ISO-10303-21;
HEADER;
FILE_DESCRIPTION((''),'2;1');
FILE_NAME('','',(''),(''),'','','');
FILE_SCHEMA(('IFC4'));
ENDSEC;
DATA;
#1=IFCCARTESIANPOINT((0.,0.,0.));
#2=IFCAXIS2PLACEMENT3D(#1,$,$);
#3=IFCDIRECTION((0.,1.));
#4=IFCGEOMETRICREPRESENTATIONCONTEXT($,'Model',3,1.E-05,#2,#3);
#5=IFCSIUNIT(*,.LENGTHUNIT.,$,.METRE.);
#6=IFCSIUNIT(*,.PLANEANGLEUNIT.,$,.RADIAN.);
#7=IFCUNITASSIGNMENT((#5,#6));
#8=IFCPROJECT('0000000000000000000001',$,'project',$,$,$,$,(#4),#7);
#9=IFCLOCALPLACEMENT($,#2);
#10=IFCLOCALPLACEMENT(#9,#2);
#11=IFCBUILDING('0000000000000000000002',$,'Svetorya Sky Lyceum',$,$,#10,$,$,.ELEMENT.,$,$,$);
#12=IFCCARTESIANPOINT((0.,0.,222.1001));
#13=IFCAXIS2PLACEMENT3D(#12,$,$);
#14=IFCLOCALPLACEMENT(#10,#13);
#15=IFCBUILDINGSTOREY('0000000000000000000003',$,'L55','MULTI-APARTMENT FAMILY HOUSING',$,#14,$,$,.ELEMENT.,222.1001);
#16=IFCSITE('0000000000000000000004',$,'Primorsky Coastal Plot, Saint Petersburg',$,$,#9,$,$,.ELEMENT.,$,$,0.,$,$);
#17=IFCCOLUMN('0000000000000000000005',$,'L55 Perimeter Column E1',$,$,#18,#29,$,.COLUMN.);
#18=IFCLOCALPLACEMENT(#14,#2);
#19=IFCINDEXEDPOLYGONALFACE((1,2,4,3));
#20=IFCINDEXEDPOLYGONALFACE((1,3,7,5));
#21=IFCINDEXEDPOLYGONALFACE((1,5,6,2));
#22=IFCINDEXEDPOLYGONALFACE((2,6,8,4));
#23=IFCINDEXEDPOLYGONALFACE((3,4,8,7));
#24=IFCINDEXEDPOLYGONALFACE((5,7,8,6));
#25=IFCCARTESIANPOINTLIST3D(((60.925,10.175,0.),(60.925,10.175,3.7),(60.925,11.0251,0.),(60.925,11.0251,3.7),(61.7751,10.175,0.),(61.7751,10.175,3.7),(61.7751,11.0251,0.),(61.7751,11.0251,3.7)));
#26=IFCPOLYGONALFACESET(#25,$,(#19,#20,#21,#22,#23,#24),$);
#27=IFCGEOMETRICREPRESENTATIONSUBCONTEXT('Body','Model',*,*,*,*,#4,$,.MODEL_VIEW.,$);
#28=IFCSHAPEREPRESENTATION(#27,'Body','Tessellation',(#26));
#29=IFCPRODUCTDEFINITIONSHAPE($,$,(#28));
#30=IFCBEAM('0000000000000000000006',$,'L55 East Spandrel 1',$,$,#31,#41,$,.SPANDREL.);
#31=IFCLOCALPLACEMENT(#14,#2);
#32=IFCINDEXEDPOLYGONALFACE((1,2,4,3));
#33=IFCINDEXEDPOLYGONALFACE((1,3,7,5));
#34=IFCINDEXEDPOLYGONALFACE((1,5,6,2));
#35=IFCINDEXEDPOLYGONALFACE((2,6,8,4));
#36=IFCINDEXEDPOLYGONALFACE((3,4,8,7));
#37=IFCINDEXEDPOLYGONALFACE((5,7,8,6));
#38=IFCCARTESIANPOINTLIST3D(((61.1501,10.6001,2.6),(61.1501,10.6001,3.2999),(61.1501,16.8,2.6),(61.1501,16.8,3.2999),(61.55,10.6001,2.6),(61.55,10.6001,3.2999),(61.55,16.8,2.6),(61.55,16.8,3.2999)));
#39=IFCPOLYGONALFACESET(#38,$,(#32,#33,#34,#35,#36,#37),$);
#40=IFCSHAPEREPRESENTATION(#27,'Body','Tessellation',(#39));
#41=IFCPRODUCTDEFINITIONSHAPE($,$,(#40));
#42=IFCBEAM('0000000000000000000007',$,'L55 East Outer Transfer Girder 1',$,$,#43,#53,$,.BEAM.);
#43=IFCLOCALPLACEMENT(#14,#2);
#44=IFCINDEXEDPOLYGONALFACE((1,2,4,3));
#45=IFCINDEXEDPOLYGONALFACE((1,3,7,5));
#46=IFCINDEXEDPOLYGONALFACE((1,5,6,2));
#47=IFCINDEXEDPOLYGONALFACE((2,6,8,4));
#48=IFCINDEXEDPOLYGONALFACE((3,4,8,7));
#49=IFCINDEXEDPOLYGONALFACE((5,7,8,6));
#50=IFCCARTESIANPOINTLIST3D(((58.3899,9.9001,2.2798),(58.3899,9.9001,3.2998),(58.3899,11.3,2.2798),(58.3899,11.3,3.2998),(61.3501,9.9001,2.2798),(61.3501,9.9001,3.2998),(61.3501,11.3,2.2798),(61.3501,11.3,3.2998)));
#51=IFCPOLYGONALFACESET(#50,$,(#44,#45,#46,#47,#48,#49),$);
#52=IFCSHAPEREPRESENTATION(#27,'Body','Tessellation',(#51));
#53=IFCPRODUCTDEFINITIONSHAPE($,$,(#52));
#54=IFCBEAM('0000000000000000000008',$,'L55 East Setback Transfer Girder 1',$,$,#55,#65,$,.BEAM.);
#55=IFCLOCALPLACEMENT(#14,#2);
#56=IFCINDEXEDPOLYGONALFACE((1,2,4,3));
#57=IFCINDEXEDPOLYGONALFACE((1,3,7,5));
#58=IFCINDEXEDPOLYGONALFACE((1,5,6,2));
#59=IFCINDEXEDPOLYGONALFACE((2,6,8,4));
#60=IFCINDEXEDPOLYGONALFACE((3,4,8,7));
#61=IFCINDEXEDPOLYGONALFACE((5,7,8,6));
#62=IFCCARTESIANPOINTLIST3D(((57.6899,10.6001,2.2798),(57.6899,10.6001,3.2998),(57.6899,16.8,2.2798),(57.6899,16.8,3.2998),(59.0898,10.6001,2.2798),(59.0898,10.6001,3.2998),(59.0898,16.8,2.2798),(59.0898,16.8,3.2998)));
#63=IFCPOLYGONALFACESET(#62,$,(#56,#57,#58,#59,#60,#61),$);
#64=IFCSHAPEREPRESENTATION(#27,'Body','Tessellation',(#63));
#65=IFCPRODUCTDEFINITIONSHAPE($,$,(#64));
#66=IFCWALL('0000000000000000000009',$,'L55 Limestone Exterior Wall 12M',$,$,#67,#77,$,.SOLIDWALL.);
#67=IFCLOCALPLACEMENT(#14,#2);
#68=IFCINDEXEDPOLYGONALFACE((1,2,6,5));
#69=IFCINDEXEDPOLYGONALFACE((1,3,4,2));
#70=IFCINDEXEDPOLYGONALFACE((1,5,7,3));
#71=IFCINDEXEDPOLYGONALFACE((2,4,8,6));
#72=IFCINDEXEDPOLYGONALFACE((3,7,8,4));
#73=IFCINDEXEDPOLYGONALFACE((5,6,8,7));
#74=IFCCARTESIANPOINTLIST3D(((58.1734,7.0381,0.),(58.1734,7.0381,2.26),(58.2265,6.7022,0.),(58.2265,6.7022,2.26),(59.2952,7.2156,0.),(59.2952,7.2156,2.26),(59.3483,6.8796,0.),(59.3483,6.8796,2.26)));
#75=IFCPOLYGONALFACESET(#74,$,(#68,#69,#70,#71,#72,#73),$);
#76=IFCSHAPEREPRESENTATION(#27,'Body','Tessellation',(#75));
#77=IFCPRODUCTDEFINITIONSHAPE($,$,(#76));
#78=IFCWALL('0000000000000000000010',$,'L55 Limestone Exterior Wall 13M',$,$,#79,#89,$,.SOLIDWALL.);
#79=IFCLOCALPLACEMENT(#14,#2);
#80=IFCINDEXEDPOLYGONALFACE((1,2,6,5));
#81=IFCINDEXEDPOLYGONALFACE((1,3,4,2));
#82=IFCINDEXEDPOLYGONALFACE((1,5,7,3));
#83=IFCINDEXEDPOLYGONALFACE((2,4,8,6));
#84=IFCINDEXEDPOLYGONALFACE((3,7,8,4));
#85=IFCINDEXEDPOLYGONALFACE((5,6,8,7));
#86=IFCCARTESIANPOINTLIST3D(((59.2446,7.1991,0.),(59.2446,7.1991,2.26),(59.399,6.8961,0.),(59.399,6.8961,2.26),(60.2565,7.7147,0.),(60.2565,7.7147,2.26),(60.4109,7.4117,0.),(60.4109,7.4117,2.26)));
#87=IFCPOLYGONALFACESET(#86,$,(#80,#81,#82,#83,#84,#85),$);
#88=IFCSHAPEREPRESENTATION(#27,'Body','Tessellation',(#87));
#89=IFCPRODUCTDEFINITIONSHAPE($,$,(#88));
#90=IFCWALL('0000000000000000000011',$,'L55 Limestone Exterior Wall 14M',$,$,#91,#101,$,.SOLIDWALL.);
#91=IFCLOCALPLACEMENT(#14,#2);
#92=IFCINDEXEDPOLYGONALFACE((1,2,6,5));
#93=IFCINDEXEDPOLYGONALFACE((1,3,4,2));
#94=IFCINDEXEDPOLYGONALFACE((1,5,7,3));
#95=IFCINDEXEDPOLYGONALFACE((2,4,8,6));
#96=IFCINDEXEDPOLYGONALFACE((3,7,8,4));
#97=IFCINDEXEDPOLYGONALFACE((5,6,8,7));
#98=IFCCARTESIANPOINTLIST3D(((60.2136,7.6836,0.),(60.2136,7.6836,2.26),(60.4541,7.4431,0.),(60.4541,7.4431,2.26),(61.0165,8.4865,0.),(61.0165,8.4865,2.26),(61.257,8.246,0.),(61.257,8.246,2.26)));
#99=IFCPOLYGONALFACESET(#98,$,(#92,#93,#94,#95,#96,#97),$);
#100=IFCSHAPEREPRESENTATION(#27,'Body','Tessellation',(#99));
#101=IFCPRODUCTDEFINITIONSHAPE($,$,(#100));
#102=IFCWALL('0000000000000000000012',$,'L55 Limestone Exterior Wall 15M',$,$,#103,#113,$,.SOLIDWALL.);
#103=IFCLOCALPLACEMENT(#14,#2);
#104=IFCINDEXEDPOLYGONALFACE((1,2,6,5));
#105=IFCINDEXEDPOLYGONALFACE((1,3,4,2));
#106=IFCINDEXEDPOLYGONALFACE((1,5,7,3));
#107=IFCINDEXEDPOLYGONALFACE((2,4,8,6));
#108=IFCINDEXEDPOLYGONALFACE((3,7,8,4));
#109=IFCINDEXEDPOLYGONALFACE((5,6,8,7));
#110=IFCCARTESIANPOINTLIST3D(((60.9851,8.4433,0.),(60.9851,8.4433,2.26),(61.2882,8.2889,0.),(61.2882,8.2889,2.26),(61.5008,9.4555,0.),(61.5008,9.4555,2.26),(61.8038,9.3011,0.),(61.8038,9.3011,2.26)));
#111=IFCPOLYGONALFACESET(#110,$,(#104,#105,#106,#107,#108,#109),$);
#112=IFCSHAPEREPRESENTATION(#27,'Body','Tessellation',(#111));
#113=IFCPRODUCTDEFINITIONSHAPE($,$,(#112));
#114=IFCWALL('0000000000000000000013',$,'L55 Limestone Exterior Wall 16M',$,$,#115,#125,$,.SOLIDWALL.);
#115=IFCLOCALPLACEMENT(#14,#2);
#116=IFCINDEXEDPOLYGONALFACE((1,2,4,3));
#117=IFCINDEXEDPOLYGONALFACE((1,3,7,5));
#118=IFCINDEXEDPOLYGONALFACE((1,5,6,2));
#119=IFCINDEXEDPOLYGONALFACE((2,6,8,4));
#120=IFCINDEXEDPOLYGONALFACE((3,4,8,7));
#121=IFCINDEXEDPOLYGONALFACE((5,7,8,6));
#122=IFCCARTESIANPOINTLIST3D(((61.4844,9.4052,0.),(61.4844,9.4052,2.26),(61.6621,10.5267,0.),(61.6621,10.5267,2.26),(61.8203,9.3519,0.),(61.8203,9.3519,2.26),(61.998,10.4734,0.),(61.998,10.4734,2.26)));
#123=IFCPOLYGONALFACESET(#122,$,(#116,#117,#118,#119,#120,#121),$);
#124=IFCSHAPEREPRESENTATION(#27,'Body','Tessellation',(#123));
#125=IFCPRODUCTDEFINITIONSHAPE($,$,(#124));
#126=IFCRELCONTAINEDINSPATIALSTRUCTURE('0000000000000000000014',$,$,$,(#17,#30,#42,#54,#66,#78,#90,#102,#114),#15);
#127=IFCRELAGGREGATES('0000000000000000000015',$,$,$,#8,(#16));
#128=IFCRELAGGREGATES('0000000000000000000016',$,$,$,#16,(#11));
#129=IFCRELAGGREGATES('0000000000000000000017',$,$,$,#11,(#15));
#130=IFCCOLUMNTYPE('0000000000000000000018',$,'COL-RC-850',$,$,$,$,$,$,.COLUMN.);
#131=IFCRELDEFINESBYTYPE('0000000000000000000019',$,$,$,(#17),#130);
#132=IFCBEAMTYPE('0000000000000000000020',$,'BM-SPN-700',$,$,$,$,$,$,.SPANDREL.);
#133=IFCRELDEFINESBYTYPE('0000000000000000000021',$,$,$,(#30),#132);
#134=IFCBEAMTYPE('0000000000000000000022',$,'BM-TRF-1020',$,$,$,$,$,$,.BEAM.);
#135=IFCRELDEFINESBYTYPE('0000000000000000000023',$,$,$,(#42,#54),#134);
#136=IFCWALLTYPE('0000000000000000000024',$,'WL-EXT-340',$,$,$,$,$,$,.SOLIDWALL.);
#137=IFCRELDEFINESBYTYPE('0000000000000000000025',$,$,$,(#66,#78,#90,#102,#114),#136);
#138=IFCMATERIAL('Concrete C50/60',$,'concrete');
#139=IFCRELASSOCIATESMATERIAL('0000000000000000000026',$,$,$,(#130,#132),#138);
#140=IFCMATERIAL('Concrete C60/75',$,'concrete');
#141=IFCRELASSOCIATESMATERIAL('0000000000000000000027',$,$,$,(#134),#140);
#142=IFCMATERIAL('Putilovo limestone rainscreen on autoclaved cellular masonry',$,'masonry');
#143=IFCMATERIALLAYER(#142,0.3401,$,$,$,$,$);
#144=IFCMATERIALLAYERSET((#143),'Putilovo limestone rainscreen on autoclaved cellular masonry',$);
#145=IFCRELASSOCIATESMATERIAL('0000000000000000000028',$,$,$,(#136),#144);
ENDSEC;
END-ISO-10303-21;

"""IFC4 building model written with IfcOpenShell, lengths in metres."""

from ifc_helpers import new_model, si_unit, direction, frame, frame_2d, origin, origin_2d, place, context, subcontext, project, spatial, rectangle, extrude, material, layer, layer_set, material_profile, profile_set, type_object, element, save


model = new_model("IFC4")

# Units and contexts
model_context = context("Model", 3, precision=1e-05, world=origin(), true_north=direction((0.0, 1.0)))
body_context = subcontext(model_context, "Body", "Model", "MODEL_VIEW")
ifc_project = project(units=[si_unit("LENGTHUNIT", "METRE"), si_unit("PLANEANGLEUNIT", "RADIAN")], contexts=[model_context])

# Site, building, storey
site_placement = place(None, origin())
site = spatial("IfcSite", under=ifc_project, at=site_placement, Name="Primorsky Coastal Plot, Saint Petersburg", CompositionType="ELEMENT", RefElevation=0.0)
building_placement = place(site_placement, origin())
building = spatial("IfcBuilding", under=site, at=building_placement, Name="Svetorya Sky Lyceum", CompositionType="ELEMENT")
storey_placement = place(building_placement, frame((0.0, 0.0, 222.1001)))
storey = spatial("IfcBuildingStorey", under=building, at=storey_placement, Name="L55", Description="MULTI-APARTMENT FAMILY HOUSING", CompositionType="ELEMENT", Elevation=222.1001)

# Column
ifc_material_1 = material(Name="Concrete C50/60", Category="concrete")
ifc_material_profile_1 = material_profile(ifc_material_1, rectangle(XDim=0.8501, YDim=0.8501, at=origin_2d()), Name="RC COL 850x850")
ifc_profile_set_1 = profile_set([ifc_material_profile_1], Name="Concrete C50/60")
column_type = type_object("IfcColumnType", Name="COL-RC-850", PredefinedType="COLUMN", material=ifc_profile_set_1)
column_placement = place(storey_placement, frame((61.3501, 10.6001, 0.0), z_axis=(0.0, 0.0, 1.0), x_axis=(1.0, 0.0, 0.0)))
element("IfcColumn", 1, at=column_placement, inside=storey, type_object=column_type, Name="L55 Perimeter Column E1", PredefinedType="COLUMN", context=body_context, shape_type="SweptSolid", body=[
    extrude(rectangle(XDim=0.8501, YDim=0.8501, at=origin_2d()), origin(), (0.0, 0.0, 1.0), 3.7),
])

# Beams
ifc_material_profile_2 = material_profile(ifc_material_1, rectangle(XDim=0.3999, YDim=0.7, at=origin_2d()), Name="RC SPANDREL 400x700")
ifc_profile_set_2 = profile_set([ifc_material_profile_2], Name="Concrete C50/60")
beam_type_1 = type_object("IfcBeamType", Name="BM-SPN-700", PredefinedType="SPANDREL", material=ifc_profile_set_2)
beam_1_placement = place(storey_placement, frame((61.3501, 10.6001, 2.95), z_axis=(0.0, 1.0, 0.0), x_axis=(-1.0, 0.0, 0.0)))
element("IfcBeam", 2, at=beam_1_placement, inside=storey, type_object=beam_type_1, Name="L55 East Spandrel 1", PredefinedType="SPANDREL", context=body_context, shape_type="SweptSolid", body=[
    extrude(rectangle(XDim=0.3999, YDim=0.7, at=origin_2d()), origin(), (0.0, 0.0, 1.0), 6.2),
])
ifc_material_2 = material(Name="Concrete C60/75", Category="concrete")
ifc_material_profile_3 = material_profile(ifc_material_2, rectangle(XDim=1.3999, YDim=1.02, at=origin_2d()), Name="RC TRANSFER 1400x1020")
ifc_profile_set_3 = profile_set([ifc_material_profile_3], Name="Concrete C60/75")
beam_type_2 = type_object("IfcBeamType", Name="BM-TRF-1020", PredefinedType="BEAM", material=ifc_profile_set_3)
beam_2_placement = place(storey_placement, frame((58.3899, 10.6001, 2.7898), z_axis=(1.0, 0.0, 0.0), x_axis=(0.0, 1.0, 0.0)))
element("IfcBeam", 3, at=beam_2_placement, inside=storey, type_object=beam_type_2, Name="L55 East Outer Transfer Girder 1", PredefinedType="BEAM", context=body_context, shape_type="SweptSolid", body=[
    extrude(rectangle(XDim=1.3999, YDim=1.02, at=origin_2d()), origin(), (0.0, 0.0, 1.0), 2.9602),
])
beam_3_placement = place(storey_placement, frame((58.3899, 10.6001, 2.7898), z_axis=(0.0, 1.0, 0.0), x_axis=(-1.0, 0.0, 0.0)))
element("IfcBeam", 4, at=beam_3_placement, inside=storey, type_object=beam_type_2, Name="L55 East Setback Transfer Girder 1", PredefinedType="BEAM", context=body_context, shape_type="SweptSolid", body=[
    extrude(rectangle(XDim=1.3999, YDim=1.02, at=origin_2d()), origin(), (0.0, 0.0, 1.0), 6.2),
])

# Walls
ifc_material_3 = material(Name="Putilovo limestone rainscreen on autoclaved cellular masonry", Category="masonry")
ifc_layer_1 = layer(ifc_material_3, 0.3401)
ifc_layer_set_1 = layer_set([ifc_layer_1], Name="Putilovo limestone rainscreen on autoclaved cellular masonry")
wall_type_1 = type_object("IfcWallType", Name="WL-EXT-340", PredefinedType="SOLIDWALL", material=ifc_layer_set_1)
for number, where, z_axis, x_axis, name in (
    (5, (58.2, 6.8701, 0.0), (0.0, 0.0, 1.0), (0.987714, 0.156272, 0.0), "L55 Limestone Exterior Wall 12M"),
    (6, (59.3218, 7.0476, 0.0), (0.0, 0.0, 1.0), (0.891005, 0.453993, 0.0), "L55 Limestone Exterior Wall 13M"),
):
    element("IfcWall", number, at=place(storey_placement, frame(where, z_axis=z_axis, x_axis=x_axis)), inside=storey, type_object=wall_type_1, Name=name, PredefinedType="SOLIDWALL", context=body_context, shape_type="SweptSolid", body=[
        extrude(rectangle(XDim=1.1357, YDim=0.3401, at=frame_2d((0.5679, 0.0))), origin(), (0.0, 0.0, 1.0), 2.26),
    ])
wall_1_placement = place(storey_placement, frame((60.3337, 7.5632, 0.0), z_axis=(0.0, 0.0, 1.0), x_axis=(0.707107, 0.707107, 0.0)))
element("IfcWall", 7, at=wall_1_placement, inside=storey, type_object=wall_type_1, Name="L55 Limestone Exterior Wall 14M", PredefinedType="SOLIDWALL", context=body_context, shape_type="SweptSolid", body=[
    extrude(rectangle(XDim=1.1355, YDim=0.3401, at=frame_2d((0.5679, 0.0))), origin(), (0.0, 0.0, 1.0), 2.26),
])
wall_2_placement = place(storey_placement, frame((61.1367, 8.3662, 0.0), z_axis=(0.0, 0.0, 1.0), x_axis=(0.453906, 0.891049, 0.0)))
element("IfcWall", 8, at=wall_2_placement, inside=storey, type_object=wall_type_1, Name="L55 Limestone Exterior Wall 15M", PredefinedType="SOLIDWALL", context=body_context, shape_type="SweptSolid", body=[
    extrude(rectangle(XDim=1.136, YDim=0.3401, at=frame_2d((0.5679, 0.0))), origin(), (0.0, 0.0, 1.0), 2.26),
])
wall_3_placement = place(storey_placement, frame((61.6523, 9.3784, 0.0), z_axis=(0.0, 0.0, 1.0), x_axis=(0.156515, 0.987676, 0.0)))
element("IfcWall", 9, at=wall_3_placement, inside=storey, type_object=wall_type_1, Name="L55 Limestone Exterior Wall 16M", PredefinedType="SOLIDWALL", context=body_context, shape_type="SweptSolid", body=[
    extrude(rectangle(XDim=1.1355, YDim=0.3401, at=frame_2d((0.5679, 0.0))), origin(), (0.0, 0.0, 1.0), 2.26),
])

save(model, "model.ifc")
